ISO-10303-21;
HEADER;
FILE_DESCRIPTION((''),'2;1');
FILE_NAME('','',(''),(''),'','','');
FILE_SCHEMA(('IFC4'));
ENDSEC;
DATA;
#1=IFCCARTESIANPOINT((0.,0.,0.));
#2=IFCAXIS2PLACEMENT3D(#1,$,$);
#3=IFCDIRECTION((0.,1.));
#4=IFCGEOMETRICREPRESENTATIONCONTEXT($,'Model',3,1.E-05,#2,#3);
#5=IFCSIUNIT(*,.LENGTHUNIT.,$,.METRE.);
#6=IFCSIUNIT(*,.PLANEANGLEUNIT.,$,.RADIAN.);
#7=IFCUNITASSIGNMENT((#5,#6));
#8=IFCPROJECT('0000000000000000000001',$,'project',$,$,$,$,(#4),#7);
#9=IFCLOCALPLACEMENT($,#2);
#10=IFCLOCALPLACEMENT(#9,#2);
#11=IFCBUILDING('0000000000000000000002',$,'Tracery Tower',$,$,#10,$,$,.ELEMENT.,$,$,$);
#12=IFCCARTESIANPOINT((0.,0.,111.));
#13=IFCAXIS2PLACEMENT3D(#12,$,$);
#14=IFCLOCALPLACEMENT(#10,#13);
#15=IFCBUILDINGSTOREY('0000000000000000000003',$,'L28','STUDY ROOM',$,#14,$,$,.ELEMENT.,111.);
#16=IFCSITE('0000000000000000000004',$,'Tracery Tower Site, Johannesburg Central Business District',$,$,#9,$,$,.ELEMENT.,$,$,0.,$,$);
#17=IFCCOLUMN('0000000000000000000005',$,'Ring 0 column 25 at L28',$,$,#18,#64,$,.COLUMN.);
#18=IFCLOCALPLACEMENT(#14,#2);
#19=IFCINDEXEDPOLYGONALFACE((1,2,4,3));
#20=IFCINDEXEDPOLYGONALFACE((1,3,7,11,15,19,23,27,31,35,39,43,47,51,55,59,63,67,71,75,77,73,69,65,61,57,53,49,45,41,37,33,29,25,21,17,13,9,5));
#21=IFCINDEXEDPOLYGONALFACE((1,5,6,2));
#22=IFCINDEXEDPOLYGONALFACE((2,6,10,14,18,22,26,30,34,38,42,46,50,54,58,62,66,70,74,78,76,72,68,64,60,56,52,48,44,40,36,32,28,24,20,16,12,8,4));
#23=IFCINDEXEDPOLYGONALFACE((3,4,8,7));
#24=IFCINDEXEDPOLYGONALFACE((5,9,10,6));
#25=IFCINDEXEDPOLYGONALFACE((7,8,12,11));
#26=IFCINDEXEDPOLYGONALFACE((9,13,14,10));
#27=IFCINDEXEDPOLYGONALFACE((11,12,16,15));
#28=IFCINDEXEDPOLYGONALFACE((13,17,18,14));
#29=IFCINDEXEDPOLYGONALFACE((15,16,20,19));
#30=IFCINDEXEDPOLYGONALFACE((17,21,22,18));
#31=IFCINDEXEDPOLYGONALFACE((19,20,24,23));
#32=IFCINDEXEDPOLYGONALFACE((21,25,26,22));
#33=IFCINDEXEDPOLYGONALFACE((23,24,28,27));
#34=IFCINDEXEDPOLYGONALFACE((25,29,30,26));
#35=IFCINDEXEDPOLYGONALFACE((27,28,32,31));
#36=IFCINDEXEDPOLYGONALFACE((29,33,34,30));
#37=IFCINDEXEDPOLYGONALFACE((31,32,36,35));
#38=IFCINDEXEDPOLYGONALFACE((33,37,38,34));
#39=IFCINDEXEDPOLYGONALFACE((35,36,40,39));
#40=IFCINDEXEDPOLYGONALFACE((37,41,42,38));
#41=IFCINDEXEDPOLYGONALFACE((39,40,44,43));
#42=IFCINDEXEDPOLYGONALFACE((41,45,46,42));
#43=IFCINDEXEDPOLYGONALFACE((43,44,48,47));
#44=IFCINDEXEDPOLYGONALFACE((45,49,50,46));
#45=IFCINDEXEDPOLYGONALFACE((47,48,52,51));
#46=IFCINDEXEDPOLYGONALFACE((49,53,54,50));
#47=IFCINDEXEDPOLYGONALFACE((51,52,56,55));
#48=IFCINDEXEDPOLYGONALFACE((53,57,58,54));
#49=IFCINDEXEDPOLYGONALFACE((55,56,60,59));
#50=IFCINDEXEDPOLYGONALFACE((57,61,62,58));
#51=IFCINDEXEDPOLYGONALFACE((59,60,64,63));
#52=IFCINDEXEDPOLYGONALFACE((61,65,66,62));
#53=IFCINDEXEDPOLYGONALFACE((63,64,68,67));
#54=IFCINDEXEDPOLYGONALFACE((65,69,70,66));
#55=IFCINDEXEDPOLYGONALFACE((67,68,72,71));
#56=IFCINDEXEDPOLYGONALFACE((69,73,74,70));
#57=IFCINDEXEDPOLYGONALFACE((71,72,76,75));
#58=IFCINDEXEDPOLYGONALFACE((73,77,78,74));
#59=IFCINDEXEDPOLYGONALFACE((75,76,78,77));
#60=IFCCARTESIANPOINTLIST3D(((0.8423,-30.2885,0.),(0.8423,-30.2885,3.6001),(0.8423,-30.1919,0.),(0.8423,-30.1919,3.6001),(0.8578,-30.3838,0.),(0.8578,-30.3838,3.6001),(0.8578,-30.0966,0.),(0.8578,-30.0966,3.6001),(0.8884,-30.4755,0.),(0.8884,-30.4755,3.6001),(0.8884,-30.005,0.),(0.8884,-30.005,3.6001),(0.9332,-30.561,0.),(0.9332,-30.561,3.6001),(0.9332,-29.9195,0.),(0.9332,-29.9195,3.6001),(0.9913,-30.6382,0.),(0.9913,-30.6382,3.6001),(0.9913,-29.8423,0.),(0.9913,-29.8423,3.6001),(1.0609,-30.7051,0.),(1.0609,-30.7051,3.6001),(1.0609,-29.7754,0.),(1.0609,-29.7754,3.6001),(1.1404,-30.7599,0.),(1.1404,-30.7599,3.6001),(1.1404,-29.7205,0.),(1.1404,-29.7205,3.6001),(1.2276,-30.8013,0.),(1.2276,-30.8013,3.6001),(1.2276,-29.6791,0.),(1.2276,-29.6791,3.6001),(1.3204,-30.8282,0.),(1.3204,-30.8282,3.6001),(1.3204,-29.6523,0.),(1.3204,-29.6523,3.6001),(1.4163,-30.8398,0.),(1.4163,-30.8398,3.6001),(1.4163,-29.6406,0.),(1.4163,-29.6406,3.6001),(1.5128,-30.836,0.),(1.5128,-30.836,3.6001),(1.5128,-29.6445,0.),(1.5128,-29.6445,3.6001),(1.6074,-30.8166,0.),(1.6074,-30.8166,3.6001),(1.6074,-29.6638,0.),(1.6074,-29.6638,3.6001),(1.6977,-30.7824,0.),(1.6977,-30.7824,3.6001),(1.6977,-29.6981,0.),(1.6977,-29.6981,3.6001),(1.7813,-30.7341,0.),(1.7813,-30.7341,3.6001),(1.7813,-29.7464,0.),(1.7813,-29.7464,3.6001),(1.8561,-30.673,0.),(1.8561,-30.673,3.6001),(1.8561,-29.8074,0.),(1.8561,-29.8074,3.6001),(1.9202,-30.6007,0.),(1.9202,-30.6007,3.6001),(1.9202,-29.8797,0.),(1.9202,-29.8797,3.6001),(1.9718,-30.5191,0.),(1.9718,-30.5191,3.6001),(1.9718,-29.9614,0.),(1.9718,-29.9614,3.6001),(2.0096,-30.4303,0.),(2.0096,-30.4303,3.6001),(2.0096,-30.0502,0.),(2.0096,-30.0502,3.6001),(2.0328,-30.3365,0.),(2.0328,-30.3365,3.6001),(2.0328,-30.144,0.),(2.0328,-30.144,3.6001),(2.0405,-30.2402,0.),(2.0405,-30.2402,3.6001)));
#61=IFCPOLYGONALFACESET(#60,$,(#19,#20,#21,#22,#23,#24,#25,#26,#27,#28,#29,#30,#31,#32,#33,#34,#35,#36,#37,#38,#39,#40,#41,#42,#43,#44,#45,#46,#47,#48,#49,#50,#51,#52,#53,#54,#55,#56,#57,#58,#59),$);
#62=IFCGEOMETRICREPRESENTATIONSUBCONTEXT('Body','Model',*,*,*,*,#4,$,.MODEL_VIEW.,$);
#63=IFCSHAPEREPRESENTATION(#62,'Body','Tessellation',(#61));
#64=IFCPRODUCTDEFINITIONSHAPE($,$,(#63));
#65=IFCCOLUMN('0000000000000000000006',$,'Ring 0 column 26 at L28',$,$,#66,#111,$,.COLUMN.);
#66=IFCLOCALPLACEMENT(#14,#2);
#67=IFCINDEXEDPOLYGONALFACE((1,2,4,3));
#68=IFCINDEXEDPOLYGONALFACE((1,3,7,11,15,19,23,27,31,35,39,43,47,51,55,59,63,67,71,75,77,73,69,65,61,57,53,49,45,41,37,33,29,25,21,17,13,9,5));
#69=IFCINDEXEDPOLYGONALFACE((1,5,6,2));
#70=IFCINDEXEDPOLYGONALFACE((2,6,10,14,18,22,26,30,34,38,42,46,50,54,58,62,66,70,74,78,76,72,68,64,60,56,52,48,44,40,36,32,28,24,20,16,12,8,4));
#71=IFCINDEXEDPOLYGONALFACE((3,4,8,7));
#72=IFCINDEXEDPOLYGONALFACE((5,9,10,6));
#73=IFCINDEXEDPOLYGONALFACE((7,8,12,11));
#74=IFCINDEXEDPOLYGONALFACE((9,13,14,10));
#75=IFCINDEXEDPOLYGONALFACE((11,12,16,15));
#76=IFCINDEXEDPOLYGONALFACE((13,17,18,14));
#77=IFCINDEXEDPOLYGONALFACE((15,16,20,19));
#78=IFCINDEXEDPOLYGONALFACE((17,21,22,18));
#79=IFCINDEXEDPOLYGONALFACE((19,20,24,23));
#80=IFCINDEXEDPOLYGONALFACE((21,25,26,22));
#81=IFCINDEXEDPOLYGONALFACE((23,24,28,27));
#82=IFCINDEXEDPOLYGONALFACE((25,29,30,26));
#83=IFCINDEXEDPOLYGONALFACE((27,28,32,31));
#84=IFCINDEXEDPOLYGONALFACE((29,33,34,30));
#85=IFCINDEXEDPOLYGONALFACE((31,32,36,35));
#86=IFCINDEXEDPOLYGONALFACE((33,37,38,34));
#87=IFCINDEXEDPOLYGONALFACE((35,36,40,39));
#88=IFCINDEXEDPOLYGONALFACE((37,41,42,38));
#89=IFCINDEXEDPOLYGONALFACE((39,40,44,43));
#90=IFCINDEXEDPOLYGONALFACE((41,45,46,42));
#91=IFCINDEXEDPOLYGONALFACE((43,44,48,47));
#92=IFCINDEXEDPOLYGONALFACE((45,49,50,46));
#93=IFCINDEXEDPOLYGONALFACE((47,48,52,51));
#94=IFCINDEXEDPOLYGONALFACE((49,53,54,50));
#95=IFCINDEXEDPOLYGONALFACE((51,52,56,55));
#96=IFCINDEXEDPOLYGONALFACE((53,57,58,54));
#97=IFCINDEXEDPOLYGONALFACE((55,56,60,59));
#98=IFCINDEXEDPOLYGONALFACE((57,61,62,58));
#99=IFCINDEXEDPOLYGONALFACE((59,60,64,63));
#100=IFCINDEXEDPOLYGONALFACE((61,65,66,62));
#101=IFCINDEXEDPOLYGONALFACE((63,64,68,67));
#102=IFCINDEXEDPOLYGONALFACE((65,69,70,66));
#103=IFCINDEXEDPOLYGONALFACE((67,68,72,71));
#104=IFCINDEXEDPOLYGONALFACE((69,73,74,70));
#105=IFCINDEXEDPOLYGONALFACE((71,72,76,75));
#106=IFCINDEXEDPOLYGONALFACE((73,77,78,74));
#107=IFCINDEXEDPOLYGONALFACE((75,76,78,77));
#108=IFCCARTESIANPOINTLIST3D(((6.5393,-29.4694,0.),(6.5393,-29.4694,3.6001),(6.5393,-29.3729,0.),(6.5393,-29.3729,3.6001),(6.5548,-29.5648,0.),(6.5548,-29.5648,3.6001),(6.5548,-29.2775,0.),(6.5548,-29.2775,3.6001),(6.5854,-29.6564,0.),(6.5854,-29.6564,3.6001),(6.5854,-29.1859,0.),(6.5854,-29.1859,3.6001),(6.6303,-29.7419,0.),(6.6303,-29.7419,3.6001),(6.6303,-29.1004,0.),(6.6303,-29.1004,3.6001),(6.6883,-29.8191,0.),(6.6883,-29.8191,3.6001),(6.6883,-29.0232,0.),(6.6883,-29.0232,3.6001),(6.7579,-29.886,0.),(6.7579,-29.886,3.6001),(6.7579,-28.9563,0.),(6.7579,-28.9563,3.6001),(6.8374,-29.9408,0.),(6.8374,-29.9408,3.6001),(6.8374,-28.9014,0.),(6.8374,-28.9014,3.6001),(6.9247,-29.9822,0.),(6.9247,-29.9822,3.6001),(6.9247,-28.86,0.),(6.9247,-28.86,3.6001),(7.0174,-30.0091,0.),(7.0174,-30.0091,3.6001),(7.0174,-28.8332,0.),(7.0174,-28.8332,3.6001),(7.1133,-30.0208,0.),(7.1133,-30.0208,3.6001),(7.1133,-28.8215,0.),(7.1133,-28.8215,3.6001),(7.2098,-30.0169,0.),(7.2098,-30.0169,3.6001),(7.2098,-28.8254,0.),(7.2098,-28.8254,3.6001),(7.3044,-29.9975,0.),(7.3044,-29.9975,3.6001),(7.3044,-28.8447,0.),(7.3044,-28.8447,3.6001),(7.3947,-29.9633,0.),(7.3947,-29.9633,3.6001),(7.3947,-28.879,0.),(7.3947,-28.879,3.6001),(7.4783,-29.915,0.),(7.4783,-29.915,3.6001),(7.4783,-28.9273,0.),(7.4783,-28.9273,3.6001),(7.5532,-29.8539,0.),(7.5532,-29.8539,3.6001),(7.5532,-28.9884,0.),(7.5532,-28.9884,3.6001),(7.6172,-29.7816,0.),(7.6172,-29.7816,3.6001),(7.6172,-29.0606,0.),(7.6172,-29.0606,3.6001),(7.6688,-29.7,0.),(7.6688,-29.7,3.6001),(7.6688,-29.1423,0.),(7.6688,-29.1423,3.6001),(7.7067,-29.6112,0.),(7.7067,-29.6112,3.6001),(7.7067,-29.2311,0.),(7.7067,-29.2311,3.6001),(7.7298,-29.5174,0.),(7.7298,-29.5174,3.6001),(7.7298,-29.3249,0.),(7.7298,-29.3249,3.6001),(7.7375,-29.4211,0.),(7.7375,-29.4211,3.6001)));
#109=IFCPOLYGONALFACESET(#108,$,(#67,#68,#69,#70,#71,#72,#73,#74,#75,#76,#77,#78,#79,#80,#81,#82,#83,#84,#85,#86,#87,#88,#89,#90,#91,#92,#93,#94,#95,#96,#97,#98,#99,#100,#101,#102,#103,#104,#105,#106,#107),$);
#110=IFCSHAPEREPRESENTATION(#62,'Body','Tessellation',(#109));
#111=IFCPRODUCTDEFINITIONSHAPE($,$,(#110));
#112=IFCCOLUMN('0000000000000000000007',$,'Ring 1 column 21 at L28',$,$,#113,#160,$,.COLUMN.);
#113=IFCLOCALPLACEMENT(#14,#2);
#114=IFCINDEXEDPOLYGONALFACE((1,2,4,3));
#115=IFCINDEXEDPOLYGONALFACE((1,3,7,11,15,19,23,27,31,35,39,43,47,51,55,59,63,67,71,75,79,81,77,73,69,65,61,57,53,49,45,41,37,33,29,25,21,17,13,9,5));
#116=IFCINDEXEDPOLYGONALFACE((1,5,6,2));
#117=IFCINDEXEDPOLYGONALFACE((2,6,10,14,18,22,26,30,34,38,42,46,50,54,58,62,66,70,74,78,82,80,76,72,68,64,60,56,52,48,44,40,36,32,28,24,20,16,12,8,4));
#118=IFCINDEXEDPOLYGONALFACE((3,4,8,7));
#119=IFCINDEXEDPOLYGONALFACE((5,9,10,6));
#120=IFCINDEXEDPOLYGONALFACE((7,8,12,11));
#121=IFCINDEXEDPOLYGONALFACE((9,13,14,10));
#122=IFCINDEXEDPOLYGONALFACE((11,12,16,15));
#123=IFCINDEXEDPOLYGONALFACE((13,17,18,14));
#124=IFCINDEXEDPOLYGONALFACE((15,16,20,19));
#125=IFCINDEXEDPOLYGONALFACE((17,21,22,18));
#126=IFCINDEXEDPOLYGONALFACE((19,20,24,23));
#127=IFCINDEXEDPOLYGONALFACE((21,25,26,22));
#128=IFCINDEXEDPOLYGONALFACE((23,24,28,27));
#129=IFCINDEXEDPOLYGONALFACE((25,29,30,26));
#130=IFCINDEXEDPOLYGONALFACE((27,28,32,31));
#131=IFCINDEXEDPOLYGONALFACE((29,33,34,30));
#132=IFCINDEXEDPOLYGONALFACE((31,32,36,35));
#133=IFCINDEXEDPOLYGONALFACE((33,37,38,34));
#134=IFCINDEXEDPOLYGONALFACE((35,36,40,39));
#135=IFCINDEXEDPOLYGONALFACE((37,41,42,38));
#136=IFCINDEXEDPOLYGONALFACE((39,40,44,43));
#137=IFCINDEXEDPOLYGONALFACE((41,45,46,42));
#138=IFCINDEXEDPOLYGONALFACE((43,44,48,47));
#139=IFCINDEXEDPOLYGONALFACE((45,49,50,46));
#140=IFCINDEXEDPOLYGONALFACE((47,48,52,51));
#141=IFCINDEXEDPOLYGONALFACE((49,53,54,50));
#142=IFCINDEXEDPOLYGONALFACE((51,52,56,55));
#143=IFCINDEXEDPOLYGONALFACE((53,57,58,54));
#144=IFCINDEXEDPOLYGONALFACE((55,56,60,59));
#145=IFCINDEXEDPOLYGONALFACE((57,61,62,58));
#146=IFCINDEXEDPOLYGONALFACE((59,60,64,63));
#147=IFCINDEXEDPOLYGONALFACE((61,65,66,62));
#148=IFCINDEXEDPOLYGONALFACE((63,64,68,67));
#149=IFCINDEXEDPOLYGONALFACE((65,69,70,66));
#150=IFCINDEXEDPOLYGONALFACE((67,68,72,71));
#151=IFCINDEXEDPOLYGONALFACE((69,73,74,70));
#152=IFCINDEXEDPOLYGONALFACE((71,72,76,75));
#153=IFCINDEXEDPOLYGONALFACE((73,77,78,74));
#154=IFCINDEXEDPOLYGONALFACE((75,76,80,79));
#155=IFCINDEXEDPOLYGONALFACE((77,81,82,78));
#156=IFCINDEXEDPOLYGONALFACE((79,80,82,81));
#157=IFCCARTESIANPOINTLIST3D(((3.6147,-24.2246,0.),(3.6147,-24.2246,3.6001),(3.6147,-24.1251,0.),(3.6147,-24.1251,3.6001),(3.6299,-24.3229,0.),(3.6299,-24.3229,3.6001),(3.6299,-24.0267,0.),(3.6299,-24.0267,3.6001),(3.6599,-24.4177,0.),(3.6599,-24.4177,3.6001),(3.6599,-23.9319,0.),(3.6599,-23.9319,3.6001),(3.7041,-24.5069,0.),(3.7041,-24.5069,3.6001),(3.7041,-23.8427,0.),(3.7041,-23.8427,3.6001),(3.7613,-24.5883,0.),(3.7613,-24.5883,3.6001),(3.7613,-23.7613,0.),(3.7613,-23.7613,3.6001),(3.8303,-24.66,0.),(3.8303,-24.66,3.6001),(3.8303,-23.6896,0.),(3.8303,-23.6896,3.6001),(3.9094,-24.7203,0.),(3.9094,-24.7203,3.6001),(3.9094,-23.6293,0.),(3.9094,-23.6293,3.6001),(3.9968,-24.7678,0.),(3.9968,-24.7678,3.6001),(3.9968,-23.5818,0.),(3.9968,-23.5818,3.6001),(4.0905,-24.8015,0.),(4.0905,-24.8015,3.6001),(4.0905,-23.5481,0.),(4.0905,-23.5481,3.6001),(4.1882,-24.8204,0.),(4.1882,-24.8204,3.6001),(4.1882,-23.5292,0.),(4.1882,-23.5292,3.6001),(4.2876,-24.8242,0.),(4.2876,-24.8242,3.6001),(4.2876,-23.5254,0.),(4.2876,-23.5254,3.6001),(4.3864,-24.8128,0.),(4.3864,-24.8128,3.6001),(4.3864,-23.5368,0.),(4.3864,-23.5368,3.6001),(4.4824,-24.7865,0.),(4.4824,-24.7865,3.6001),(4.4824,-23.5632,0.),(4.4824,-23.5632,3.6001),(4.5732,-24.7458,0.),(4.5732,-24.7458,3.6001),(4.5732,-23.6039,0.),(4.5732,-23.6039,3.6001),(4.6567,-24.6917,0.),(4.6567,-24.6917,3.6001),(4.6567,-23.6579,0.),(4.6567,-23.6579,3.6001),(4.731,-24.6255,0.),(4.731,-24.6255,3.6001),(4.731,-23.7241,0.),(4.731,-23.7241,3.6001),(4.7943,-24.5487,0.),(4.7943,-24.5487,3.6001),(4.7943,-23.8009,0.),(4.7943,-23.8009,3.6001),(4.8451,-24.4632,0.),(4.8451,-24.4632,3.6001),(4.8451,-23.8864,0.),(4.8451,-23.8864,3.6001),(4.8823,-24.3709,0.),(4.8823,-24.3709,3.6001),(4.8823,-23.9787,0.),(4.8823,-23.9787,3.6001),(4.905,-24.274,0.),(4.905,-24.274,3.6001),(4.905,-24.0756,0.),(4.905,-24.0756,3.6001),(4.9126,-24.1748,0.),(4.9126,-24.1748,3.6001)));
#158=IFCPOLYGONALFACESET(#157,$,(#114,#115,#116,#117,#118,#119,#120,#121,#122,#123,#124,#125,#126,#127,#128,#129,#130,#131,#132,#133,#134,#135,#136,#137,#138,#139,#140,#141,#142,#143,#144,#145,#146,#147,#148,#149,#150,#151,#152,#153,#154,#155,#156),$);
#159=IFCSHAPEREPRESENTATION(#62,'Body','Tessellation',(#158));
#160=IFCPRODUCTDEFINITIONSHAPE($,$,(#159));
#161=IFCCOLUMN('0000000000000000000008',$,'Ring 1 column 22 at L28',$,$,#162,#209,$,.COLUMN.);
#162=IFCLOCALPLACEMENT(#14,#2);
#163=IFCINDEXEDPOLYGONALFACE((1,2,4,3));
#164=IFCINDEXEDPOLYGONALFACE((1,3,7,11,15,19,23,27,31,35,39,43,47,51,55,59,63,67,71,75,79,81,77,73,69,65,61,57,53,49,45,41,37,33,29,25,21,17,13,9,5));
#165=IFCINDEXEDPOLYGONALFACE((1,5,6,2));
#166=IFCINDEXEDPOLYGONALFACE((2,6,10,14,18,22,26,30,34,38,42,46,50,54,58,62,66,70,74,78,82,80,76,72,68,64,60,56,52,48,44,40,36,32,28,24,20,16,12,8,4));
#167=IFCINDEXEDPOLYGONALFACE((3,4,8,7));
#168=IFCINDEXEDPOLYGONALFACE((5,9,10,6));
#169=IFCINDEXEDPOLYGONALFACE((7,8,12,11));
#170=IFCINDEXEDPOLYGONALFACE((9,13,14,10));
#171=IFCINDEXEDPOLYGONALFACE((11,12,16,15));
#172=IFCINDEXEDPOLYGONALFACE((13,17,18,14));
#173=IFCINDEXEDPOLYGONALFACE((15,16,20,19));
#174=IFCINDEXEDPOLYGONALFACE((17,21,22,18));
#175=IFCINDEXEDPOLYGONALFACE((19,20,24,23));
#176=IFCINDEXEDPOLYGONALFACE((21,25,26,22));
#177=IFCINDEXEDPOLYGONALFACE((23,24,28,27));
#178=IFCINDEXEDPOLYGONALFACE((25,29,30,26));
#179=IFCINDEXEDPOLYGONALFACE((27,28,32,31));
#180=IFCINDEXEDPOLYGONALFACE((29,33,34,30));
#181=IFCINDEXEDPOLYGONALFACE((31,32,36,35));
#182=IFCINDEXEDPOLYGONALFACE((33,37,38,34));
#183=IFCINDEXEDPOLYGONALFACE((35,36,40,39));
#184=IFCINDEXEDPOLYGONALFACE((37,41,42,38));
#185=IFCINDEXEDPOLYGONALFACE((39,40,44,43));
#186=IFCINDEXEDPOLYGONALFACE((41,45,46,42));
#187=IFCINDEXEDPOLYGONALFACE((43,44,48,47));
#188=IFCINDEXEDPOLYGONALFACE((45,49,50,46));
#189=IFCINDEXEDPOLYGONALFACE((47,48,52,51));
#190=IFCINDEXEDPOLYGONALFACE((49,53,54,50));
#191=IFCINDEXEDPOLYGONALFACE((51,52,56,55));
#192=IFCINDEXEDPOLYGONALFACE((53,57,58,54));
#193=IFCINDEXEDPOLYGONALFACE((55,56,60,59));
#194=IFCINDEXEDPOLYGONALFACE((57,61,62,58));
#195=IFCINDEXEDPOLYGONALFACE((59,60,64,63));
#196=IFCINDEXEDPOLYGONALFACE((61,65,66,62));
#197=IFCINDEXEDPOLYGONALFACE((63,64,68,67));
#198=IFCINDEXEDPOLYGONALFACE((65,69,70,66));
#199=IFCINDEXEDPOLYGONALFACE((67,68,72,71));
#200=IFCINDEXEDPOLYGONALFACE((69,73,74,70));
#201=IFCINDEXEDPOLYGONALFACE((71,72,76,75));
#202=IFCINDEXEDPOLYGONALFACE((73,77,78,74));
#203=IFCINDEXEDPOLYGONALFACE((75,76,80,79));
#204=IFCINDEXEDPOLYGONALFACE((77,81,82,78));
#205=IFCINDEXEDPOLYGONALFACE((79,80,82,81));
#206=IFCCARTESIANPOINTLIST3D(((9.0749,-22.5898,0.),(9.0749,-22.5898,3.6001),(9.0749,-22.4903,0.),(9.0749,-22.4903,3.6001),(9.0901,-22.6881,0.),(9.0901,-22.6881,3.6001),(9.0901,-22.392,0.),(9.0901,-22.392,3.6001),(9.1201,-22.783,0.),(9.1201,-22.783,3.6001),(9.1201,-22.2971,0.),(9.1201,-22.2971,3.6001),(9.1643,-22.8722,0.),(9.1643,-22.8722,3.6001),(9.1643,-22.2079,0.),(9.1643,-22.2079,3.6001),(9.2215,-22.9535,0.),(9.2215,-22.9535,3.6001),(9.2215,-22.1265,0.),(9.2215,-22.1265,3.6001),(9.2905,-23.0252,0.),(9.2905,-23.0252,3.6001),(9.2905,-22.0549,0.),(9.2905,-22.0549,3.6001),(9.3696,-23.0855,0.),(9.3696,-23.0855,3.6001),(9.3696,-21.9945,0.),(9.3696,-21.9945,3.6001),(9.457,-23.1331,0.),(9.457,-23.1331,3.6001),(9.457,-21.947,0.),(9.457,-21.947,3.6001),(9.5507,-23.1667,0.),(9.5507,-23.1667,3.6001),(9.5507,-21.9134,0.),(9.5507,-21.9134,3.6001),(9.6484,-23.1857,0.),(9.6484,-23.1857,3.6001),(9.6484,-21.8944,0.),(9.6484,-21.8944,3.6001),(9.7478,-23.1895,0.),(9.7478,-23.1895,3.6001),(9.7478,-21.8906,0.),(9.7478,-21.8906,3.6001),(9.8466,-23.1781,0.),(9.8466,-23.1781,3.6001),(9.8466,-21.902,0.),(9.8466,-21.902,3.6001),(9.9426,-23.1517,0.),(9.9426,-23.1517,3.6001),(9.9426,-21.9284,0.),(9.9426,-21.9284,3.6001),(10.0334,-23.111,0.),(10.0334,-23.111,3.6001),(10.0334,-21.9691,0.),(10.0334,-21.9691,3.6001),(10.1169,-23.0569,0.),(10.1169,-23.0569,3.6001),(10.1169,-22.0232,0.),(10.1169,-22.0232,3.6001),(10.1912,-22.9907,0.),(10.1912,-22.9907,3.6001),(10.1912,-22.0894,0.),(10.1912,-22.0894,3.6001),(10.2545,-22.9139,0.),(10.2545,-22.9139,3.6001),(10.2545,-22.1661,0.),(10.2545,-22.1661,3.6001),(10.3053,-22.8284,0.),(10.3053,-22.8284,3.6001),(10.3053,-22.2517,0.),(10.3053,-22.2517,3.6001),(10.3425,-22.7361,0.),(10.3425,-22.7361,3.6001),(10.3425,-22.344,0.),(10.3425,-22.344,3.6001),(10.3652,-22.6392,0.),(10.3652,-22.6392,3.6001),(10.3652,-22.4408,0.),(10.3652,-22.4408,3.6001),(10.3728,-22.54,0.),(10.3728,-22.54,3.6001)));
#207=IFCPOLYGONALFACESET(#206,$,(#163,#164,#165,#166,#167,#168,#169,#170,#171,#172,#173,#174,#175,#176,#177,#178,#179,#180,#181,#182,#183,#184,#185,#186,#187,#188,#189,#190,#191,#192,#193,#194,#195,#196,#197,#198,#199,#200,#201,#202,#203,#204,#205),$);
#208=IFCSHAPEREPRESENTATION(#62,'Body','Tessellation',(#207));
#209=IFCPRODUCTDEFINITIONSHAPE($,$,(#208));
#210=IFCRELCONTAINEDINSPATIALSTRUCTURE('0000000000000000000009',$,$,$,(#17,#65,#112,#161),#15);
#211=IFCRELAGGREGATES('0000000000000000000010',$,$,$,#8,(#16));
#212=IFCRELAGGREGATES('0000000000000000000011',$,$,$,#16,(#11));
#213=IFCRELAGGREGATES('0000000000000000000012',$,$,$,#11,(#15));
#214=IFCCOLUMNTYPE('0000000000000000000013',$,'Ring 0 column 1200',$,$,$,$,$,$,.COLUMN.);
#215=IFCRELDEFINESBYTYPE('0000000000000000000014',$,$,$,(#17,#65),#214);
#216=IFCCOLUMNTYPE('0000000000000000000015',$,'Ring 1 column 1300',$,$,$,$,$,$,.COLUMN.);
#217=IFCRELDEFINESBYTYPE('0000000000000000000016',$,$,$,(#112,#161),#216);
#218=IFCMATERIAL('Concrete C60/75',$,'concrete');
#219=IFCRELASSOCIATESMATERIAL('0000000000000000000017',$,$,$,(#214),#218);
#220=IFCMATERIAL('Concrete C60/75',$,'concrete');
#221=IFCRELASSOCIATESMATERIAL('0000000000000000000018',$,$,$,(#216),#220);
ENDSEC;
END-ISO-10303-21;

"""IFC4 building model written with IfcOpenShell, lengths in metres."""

from ifc_helpers import new_model, si_unit, direction, frame, origin, origin_2d, place, context, subcontext, project, spatial, circle, extrude, material, material_profile, profile_set, type_object, element, save


model = new_model("IFC4")

# Units and contexts
model_context = context("Model", 3, precision=1e-05, world=origin(), true_north=direction((0.0, 1.0)))
body_context = subcontext(model_context, "Body", "Model", "MODEL_VIEW")
ifc_project = project(units=[si_unit("LENGTHUNIT", "METRE"), si_unit("PLANEANGLEUNIT", "RADIAN")], contexts=[model_context])

# Site, building, storey
site_placement = place(None, origin())
site = spatial("IfcSite", under=ifc_project, at=site_placement, Name="Tracery Tower Site, Johannesburg Central Business District", CompositionType="ELEMENT", RefElevation=0.0)
building_placement = place(site_placement, origin())
building = spatial("IfcBuilding", under=site, at=building_placement, Name="Tracery Tower", CompositionType="ELEMENT")
storey_placement = place(building_placement, frame((0.0, 0.0, 111.0)))
storey = spatial("IfcBuildingStorey", under=building, at=storey_placement, Name="L28", Description="STUDY ROOM", CompositionType="ELEMENT", Elevation=111.0)

# Columns
ifc_material_1 = material(Name="Concrete C60/75", Category="concrete")
ifc_material_profile_1 = material_profile(ifc_material_1, circle(Radius=0.6001, at=origin_2d()), Name="RC D1200")
ifc_profile_set_1 = profile_set([ifc_material_profile_1], Name="Concrete C60/75")
column_type_1 = type_object("IfcColumnType", Name="Ring 0 column 1200", PredefinedType="COLUMN", material=ifc_profile_set_1)
for number, where, z_axis, x_axis, name in (
    (1, (1.4404, -30.2402, 0.0), (0.0, 0.0, 1.0), (1.0, 0.0, 0.0), "Ring 0 column 25 at L28"),
    (2, (7.1375, -29.4211, 0.0), (0.0, 0.0, 1.0), (1.0, 0.0, 0.0), "Ring 0 column 26 at L28"),
):
    element("IfcColumn", number, at=place(storey_placement, frame(where, z_axis=z_axis, x_axis=x_axis)), inside=storey, type_object=column_type_1, Name=name, PredefinedType="COLUMN", context=body_context, shape_type="SweptSolid", body=[
        extrude(circle(Radius=0.6001, at=origin_2d()), origin(), (0.0, 0.0, 1.0), 3.6001),
    ])
ifc_material_2 = material(Name="Concrete C60/75", Category="concrete")
ifc_material_profile_2 = material_profile(ifc_material_2, circle(Radius=0.6499, at=origin_2d()), Name="RC D1300")
ifc_profile_set_2 = profile_set([ifc_material_profile_2], Name="Concrete C60/75")
column_type_2 = type_object("IfcColumnType", Name="Ring 1 column 1300", PredefinedType="COLUMN", material=ifc_profile_set_2)
for number, where, z_axis, x_axis, name in (
    (3, (4.2627, -24.1748, 0.0), (0.0, 0.0, 1.0), (1.0, 0.0, 0.0), "Ring 1 column 21 at L28"),
    (4, (9.7229, -22.54, 0.0), (0.0, 0.0, 1.0), (1.0, 0.0, 0.0), "Ring 1 column 22 at L28"),
):
    element("IfcColumn", number, at=place(storey_placement, frame(where, z_axis=z_axis, x_axis=x_axis)), inside=storey, type_object=column_type_2, Name=name, PredefinedType="COLUMN", context=body_context, shape_type="SweptSolid", body=[
        extrude(circle(Radius=0.6499, at=origin_2d()), origin(), (0.0, 0.0, 1.0), 3.6001),
    ])

save(model, "model.ifc")
